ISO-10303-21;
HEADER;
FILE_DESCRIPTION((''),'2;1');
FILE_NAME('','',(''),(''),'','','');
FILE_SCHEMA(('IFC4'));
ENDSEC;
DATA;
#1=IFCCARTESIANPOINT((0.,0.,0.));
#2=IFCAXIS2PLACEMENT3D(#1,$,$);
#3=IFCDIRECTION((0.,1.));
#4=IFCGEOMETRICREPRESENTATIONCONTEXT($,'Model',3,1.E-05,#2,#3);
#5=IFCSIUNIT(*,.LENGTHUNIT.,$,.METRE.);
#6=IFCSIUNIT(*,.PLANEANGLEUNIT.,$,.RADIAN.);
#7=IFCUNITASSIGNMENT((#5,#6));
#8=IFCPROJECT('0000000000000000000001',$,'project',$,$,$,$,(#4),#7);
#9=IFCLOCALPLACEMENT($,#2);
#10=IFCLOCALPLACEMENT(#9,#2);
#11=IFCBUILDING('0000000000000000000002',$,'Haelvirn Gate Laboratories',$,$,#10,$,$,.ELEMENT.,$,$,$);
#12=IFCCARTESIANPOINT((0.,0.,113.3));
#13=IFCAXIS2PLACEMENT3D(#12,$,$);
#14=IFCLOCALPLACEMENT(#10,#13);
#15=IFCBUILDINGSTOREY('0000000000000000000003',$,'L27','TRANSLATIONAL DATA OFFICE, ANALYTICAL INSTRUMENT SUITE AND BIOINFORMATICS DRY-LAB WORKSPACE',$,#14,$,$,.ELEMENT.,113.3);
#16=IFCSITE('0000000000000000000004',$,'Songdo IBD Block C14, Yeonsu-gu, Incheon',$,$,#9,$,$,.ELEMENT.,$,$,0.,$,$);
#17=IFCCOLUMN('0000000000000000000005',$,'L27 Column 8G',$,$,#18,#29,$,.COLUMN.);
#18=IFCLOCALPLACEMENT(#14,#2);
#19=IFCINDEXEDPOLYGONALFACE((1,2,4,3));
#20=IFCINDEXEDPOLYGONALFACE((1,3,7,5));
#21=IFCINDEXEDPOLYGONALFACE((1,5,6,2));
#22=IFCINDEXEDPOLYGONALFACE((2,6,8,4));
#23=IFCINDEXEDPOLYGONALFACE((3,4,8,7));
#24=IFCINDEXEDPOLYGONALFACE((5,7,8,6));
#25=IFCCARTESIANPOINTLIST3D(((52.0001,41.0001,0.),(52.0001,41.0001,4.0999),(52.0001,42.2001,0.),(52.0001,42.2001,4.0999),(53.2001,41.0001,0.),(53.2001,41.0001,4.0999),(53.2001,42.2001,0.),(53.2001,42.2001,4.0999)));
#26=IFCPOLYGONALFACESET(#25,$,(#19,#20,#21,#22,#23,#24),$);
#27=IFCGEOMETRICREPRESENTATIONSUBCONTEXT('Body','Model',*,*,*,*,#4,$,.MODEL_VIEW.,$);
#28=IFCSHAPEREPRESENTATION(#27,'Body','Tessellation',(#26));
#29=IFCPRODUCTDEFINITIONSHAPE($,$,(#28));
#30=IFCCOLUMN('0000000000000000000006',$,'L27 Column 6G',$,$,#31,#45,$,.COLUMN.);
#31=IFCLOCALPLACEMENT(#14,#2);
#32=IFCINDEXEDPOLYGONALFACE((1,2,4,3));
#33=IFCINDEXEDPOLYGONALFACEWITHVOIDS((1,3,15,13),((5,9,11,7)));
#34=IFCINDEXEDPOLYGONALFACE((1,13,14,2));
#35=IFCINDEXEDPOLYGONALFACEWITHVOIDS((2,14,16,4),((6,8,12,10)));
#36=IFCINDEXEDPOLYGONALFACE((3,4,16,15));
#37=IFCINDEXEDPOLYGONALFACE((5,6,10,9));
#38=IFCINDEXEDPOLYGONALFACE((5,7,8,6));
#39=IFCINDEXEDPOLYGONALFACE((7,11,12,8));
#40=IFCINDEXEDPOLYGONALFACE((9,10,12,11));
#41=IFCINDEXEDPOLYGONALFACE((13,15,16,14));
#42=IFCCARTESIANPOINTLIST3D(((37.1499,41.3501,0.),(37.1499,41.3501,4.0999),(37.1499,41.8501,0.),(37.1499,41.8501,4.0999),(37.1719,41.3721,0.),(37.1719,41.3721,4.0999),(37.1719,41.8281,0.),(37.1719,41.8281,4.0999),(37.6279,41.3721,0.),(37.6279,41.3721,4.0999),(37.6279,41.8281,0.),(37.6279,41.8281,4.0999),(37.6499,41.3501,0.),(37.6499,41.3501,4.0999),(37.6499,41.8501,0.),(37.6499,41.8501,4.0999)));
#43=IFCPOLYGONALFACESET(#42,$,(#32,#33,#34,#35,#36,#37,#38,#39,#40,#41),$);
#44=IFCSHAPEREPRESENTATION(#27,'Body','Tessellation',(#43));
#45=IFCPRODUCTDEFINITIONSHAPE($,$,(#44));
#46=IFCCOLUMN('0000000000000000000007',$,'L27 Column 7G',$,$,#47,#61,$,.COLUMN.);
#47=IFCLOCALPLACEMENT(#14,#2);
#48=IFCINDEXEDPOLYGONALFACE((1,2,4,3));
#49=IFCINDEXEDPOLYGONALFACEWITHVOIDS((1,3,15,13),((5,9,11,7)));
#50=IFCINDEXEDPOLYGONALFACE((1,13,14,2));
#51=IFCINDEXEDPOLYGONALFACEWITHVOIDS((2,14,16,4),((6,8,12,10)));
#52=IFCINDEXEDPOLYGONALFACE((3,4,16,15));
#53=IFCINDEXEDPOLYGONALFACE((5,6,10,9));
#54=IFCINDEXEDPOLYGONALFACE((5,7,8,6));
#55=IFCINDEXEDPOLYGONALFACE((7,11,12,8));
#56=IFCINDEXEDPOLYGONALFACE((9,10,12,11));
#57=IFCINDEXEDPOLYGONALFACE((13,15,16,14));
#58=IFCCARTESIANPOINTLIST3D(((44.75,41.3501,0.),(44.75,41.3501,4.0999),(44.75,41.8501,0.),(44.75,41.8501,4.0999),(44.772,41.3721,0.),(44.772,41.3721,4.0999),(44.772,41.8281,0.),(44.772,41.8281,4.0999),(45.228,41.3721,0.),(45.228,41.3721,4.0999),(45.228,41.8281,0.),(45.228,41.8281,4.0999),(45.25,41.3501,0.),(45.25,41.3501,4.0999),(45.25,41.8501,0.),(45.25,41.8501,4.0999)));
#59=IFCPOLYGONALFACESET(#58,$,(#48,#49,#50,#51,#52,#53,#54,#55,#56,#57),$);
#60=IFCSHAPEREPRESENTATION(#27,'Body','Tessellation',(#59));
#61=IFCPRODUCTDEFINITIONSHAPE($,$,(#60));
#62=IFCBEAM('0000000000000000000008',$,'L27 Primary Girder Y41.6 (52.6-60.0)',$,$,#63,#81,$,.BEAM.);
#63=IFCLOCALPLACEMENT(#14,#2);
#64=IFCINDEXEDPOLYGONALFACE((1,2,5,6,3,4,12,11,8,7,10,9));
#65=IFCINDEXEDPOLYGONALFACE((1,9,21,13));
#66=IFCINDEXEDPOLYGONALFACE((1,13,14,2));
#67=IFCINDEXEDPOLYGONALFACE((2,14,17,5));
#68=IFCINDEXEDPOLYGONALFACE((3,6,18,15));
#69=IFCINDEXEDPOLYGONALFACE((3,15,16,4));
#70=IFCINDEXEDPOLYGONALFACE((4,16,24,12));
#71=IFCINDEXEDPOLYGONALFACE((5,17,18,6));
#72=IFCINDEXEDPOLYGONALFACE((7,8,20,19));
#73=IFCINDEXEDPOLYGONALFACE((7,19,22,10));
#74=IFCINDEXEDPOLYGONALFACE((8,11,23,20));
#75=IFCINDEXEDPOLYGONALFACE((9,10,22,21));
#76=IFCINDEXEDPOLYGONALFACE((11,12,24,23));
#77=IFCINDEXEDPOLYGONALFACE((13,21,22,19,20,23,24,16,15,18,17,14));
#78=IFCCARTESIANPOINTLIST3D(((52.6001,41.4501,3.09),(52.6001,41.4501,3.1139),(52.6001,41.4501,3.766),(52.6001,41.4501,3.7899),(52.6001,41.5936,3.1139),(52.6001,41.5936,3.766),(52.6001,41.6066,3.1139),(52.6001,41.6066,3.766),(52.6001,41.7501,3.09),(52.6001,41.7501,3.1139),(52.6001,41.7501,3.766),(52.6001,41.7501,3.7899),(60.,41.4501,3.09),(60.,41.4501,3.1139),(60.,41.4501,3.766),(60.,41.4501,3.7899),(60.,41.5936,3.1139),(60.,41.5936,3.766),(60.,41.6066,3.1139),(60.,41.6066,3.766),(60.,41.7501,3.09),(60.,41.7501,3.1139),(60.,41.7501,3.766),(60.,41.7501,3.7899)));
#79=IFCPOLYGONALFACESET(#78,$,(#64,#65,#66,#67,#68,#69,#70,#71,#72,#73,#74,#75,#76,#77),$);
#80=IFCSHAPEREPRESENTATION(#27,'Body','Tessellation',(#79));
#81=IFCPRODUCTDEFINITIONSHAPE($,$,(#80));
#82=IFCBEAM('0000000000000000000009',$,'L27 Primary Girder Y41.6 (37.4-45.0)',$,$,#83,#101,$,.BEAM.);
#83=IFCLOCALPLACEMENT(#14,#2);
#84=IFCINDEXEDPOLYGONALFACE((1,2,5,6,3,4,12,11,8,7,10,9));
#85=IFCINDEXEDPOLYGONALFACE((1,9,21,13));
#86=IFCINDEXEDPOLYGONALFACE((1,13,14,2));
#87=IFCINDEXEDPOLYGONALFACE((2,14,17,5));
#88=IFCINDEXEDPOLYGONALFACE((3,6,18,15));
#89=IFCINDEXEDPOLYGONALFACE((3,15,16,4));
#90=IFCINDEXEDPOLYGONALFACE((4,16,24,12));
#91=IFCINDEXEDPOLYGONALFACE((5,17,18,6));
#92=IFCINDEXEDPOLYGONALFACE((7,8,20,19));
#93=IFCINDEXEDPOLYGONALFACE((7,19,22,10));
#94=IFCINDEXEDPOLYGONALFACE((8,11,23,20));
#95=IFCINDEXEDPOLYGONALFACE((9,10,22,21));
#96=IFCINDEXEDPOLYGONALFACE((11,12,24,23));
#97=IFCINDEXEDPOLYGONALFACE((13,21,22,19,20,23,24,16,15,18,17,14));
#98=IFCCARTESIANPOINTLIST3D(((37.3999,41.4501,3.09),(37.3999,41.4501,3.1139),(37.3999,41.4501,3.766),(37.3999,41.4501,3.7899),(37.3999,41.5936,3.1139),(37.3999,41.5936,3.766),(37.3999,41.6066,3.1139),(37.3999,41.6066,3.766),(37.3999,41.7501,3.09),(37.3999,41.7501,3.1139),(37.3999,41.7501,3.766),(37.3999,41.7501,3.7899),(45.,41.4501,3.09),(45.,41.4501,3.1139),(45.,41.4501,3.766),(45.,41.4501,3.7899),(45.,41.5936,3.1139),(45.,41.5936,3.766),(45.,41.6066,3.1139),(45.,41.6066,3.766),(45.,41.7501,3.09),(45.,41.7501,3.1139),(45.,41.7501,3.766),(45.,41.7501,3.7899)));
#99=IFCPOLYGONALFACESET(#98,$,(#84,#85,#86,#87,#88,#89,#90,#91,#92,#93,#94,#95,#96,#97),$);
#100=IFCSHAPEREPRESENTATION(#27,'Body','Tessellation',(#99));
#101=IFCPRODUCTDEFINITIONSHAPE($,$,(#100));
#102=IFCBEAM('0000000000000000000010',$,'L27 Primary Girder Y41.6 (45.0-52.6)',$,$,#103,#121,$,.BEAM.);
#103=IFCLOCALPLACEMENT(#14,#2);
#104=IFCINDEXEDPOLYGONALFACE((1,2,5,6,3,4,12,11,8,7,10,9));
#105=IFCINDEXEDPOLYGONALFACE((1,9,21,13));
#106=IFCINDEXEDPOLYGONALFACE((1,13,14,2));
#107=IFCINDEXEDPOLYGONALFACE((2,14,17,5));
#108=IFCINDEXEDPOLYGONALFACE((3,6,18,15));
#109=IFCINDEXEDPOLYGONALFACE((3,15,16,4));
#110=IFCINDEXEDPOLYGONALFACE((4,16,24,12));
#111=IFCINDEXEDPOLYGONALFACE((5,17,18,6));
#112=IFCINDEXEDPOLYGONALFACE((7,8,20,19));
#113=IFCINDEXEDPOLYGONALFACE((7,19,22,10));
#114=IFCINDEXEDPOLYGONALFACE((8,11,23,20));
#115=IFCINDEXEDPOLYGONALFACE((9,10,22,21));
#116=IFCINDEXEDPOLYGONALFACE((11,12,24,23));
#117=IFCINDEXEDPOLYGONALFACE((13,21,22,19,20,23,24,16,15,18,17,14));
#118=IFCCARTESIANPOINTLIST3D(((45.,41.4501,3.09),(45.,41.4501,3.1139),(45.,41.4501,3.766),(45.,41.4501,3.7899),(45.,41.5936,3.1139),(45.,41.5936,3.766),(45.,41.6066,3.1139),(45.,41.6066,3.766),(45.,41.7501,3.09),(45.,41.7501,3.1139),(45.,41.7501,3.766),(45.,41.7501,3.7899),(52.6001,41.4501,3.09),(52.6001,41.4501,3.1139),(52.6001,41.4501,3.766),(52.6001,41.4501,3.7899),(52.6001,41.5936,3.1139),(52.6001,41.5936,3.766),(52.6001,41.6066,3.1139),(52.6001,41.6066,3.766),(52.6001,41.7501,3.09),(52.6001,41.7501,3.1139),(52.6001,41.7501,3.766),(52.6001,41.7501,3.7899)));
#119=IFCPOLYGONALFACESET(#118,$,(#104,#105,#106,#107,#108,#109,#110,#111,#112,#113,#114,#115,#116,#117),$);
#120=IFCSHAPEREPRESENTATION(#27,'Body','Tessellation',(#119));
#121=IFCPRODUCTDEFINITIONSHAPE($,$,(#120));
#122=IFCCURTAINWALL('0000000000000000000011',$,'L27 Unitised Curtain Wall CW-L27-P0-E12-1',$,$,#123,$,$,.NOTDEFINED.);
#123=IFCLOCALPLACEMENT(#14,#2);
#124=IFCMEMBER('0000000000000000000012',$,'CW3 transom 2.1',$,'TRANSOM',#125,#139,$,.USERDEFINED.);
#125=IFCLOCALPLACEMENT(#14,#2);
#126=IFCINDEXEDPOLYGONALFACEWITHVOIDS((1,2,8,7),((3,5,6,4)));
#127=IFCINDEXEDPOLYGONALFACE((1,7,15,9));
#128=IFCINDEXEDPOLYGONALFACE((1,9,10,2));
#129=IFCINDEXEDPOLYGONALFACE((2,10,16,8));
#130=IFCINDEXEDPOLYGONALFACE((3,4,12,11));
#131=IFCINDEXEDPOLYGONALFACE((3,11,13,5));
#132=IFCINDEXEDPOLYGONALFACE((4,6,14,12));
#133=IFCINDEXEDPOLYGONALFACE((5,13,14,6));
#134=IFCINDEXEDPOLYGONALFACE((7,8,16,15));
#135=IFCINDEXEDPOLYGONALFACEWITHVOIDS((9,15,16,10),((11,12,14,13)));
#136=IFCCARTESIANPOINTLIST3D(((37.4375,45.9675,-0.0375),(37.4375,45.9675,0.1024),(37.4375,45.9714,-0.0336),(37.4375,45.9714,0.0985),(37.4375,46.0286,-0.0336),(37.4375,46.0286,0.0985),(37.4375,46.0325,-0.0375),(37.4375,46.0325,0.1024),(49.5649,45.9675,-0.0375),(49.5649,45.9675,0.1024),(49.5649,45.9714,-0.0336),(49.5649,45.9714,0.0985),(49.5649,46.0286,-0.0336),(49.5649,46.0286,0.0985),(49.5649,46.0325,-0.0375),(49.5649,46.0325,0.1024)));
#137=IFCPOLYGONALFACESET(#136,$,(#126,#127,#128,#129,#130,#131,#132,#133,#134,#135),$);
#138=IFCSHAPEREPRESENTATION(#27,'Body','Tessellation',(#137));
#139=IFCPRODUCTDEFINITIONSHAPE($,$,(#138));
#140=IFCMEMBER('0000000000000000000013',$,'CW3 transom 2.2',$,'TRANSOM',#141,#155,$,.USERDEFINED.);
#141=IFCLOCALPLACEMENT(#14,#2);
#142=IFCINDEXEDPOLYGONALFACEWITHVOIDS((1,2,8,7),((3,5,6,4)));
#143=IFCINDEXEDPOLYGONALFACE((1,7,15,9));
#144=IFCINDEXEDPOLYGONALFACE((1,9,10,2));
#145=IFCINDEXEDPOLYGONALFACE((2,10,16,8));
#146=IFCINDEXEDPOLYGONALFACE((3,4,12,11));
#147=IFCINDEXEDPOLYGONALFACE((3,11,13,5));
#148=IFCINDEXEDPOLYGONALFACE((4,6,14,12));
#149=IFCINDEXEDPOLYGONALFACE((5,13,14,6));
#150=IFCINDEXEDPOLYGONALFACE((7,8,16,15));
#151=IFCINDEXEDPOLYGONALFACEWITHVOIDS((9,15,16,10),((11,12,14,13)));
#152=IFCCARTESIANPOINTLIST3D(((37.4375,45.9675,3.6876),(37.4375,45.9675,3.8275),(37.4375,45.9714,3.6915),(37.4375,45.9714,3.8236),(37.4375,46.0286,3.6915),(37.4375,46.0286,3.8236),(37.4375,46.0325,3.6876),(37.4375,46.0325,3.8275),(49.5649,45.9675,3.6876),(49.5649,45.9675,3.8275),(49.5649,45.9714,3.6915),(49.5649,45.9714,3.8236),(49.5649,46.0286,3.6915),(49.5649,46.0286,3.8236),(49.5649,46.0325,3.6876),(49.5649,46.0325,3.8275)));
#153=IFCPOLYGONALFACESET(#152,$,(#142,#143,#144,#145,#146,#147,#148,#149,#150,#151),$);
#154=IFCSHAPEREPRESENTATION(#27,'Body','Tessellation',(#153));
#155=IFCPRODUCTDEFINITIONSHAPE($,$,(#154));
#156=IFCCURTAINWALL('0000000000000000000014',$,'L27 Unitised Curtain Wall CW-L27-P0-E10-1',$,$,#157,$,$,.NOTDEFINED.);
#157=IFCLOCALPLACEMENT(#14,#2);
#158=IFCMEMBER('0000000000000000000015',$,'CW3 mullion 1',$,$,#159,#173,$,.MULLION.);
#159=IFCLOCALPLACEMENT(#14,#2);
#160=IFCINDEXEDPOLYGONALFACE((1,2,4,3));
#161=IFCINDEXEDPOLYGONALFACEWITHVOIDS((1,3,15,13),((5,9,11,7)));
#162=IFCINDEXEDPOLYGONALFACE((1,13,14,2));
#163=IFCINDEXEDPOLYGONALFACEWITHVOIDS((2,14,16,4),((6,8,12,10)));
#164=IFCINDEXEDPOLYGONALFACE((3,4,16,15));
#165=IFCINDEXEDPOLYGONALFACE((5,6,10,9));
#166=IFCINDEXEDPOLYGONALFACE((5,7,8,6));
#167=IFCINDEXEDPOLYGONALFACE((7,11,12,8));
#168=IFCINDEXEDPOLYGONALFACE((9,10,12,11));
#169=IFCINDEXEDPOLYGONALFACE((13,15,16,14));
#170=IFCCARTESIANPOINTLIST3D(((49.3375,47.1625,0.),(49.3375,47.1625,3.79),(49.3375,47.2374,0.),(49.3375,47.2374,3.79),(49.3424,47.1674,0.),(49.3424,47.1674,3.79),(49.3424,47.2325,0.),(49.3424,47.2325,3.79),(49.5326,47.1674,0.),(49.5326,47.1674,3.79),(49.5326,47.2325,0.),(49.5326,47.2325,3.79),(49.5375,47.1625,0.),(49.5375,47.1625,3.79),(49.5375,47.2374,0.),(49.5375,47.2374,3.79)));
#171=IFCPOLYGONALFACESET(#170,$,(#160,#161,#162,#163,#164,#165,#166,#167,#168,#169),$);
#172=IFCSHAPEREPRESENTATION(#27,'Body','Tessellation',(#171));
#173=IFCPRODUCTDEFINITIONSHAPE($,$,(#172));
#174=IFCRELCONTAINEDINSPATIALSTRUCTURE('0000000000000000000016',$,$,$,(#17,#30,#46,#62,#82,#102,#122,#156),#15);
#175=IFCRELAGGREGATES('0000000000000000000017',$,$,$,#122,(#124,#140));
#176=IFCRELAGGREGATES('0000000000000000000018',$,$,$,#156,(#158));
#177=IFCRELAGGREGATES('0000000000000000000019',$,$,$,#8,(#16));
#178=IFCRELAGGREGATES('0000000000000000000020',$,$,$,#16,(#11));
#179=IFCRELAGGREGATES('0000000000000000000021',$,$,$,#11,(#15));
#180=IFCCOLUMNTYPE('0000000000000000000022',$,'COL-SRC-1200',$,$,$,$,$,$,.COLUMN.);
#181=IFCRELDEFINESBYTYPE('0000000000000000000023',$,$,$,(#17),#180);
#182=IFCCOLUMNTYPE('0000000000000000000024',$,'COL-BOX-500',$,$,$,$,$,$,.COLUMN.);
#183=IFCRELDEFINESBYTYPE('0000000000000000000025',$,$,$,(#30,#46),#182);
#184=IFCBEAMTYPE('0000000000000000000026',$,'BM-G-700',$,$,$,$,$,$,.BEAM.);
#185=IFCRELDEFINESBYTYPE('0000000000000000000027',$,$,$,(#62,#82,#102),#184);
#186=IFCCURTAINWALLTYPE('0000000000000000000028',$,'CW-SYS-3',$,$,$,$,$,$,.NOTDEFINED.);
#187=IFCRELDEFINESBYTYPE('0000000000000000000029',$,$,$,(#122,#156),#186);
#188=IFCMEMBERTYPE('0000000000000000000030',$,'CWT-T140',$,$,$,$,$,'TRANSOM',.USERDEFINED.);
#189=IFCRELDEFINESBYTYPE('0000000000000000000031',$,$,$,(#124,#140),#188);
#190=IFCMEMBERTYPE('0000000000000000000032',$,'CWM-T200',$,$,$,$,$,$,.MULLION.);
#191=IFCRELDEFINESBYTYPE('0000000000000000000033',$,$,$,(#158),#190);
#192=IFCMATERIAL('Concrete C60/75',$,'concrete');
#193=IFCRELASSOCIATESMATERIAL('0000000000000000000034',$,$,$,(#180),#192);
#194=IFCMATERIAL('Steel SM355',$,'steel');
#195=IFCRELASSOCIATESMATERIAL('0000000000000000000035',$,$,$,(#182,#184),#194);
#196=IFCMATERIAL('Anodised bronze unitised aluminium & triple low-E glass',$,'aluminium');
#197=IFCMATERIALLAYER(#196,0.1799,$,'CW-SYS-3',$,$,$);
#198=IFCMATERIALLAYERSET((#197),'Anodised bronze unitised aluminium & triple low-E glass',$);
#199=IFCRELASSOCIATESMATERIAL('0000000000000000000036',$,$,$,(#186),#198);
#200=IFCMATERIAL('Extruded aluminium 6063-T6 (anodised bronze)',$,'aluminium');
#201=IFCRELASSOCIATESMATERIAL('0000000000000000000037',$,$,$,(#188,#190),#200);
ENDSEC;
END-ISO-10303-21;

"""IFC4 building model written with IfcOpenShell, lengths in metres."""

from ifc_helpers import new_model, si_unit, direction, frame, origin, origin_2d, place, context, subcontext, project, spatial, rectangle, hollow_rectangle, i_section, extrude, source, transform, mapped, material, layer, layer_set, material_profile, profile_set, type_object, type_shapes, element, aggregate, save


model = new_model("IFC4")

# Units and contexts
model_context = context("Model", 3, precision=1e-05, world=origin(), true_north=direction((0.0, 1.0)))
body_context = subcontext(model_context, "Body", "Model", "MODEL_VIEW")
ifc_project = project(units=[si_unit("LENGTHUNIT", "METRE"), si_unit("PLANEANGLEUNIT", "RADIAN")], contexts=[model_context])

# Site, building, storey
site_placement = place(None, origin())
site = spatial("IfcSite", under=ifc_project, at=site_placement, Name="Songdo IBD Block C14, Yeonsu-gu, Incheon", CompositionType="ELEMENT", RefElevation=0.0)
building_placement = place(site_placement, origin())
building = spatial("IfcBuilding", under=site, at=building_placement, Name="Haelvirn Gate Laboratories", CompositionType="ELEMENT")
storey_placement = place(building_placement, frame((0.0, 0.0, 113.3)))
storey = spatial("IfcBuildingStorey", under=building, at=storey_placement, Name="L27", Description="TRANSLATIONAL DATA OFFICE, ANALYTICAL INSTRUMENT SUITE AND BIOINFORMATICS DRY-LAB WORKSPACE", CompositionType="ELEMENT", Elevation=113.3)

# Columns
ifc_material_1 = material(Name="Concrete C60/75", Category="concrete")
ifc_material_profile_1 = material_profile(ifc_material_1, rectangle(XDim=1.2, YDim=1.2, at=origin_2d()), Name="SRC-1200x1200")
ifc_profile_set_1 = profile_set([ifc_material_profile_1], Name="Concrete C60/75")
column_type_1 = type_object("IfcColumnType", Name="COL-SRC-1200", PredefinedType="COLUMN", material=ifc_profile_set_1)
shared_shape_1 = source(origin(), body_context, "Body", "SweptSolid", [
    extrude(rectangle(XDim=1.2, YDim=1.2, at=origin_2d()), origin(), (0.0, 0.0, 1.0), 4.0999),
])
type_shapes(column_type_1, [shared_shape_1])
column_placement = place(storey_placement, frame((52.6001, 41.6001, 0.0), z_axis=(0.0, 0.0, 1.0), x_axis=(1.0, 0.0, 0.0)))
element("IfcColumn", 1, at=column_placement, inside=storey, type_object=column_type_1, Name="L27 Column 8G", PredefinedType="COLUMN", context=body_context, shape_type="MappedRepresentation", body=[
    mapped(shared_shape_1, transform((0.0, 0.0, 0.0), scale=1.0)),
])
ifc_material_2 = material(Name="Steel SM355", Category="steel")
ifc_material_profile_2 = material_profile(ifc_material_2, hollow_rectangle(XDim=0.5, YDim=0.5, WallThickness=0.022, at=origin_2d()), Name="BOX-500x500x22")
ifc_profile_set_2 = profile_set([ifc_material_profile_2], Name="Steel SM355")
column_type_2 = type_object("IfcColumnType", Name="COL-BOX-500", PredefinedType="COLUMN", material=ifc_profile_set_2)
shared_shape_2 = source(origin(), body_context, "Body", "SweptSolid", [
    extrude(hollow_rectangle(XDim=0.5, YDim=0.5, WallThickness=0.022, at=origin_2d()), origin(), (0.0, 0.0, 1.0), 4.0999),
])
type_shapes(column_type_2, [shared_shape_2])
for number, where, z_axis, x_axis, name in (
    (2, (37.3999, 41.6001, 0.0), (0.0, 0.0, 1.0), (1.0, 0.0, 0.0), "L27 Column 6G"),
    (3, (45.0, 41.6001, 0.0), (0.0, 0.0, 1.0), (1.0, 0.0, 0.0), "L27 Column 7G"),
):
    element("IfcColumn", number, at=place(storey_placement, frame(where, z_axis=z_axis, x_axis=x_axis)), inside=storey, type_object=column_type_2, Name=name, PredefinedType="COLUMN", context=body_context, shape_type="MappedRepresentation", body=[
        mapped(shared_shape_2, transform((0.0, 0.0, 0.0), scale=1.0)),
    ])

# Beams
ifc_material_profile_3 = material_profile(ifc_material_2, i_section(OverallWidth=0.3, OverallDepth=0.7, WebThickness=0.0129, FlangeThickness=0.0239, at=origin_2d()), Name="H-700x300x13x24")
ifc_profile_set_3 = profile_set([ifc_material_profile_3], Name="Steel SM355")
beam_type = type_object("IfcBeamType", Name="BM-G-700", PredefinedType="BEAM", material=ifc_profile_set_3)
shared_shape_3 = source(origin(), body_context, "Body", "SweptSolid", [
    extrude(i_section(OverallWidth=0.3, OverallDepth=0.7, WebThickness=0.0129, FlangeThickness=0.0239, at=origin_2d()), origin(), (0.0, 0.0, 1.0), 7.3999),
])
beam_placement = place(storey_placement, frame((52.6001, 41.6001, 3.4399), z_axis=(1.0, 0.0, 0.0), x_axis=(0.0, 1.0, 0.0)))
element("IfcBeam", 4, at=beam_placement, inside=storey, type_object=beam_type, Name="L27 Primary Girder Y41.6 (52.6-60.0)", PredefinedType="BEAM", context=body_context, shape_type="MappedRepresentation", body=[
    mapped(shared_shape_3, transform((0.0, 0.0, 0.0), scale=1.0)),
])
shared_shape_4 = source(origin(), body_context, "Body", "SweptSolid", [
    extrude(i_section(OverallWidth=0.3, OverallDepth=0.7, WebThickness=0.0129, FlangeThickness=0.0239, at=origin_2d()), origin(), (0.0, 0.0, 1.0), 7.6001),
])
type_shapes(beam_type, [shared_shape_3, shared_shape_4])
for number, where, z_axis, x_axis, name in (
    (5, (37.3999, 41.6001, 3.4399), (1.0, 0.0, 0.0), (0.0, 1.0, 0.0), "L27 Primary Girder Y41.6 (37.4-45.0)"),
    (6, (45.0, 41.6001, 3.4399), (1.0, 0.0, 0.0), (0.0, 1.0, 0.0), "L27 Primary Girder Y41.6 (45.0-52.6)"),
):
    element("IfcBeam", number, at=place(storey_placement, frame(where, z_axis=z_axis, x_axis=x_axis)), inside=storey, type_object=beam_type, Name=name, PredefinedType="BEAM", context=body_context, shape_type="MappedRepresentation", body=[
        mapped(shared_shape_4, transform((0.0, 0.0, 0.0), scale=1.0)),
    ])

# Curtain walls, members
ifc_material_3 = material(Name="Anodised bronze unitised aluminium & triple low-E glass", Category="aluminium")
ifc_layer_1 = layer(ifc_material_3, 0.1799, Name="CW-SYS-3")
ifc_layer_set_1 = layer_set([ifc_layer_1], Name="Anodised bronze unitised aluminium & triple low-E glass")
curtain_wall_type = type_object("IfcCurtainWallType", Name="CW-SYS-3", PredefinedType="NOTDEFINED", material=ifc_layer_set_1)
curtain_wall_1_placement = place(storey_placement, origin())
curtain_wall_1 = element("IfcCurtainWall", 7, at=curtain_wall_1_placement, inside=storey, type_object=curtain_wall_type, Name="L27 Unitised Curtain Wall CW-L27-P0-E12-1", PredefinedType="NOTDEFINED")
ifc_material_4 = material(Name="Extruded aluminium 6063-T6 (anodised bronze)", Category="aluminium")
ifc_material_profile_4 = material_profile(ifc_material_4, hollow_rectangle(XDim=0.0649, YDim=0.1399, WallThickness=0.0039, at=origin_2d()), Name="CWT-140x65x4")
ifc_profile_set_4 = profile_set([ifc_material_profile_4], Name="Extruded aluminium 6063-T6 (anodised bronze)")
member_type_1 = type_object("IfcMemberType", Name="CWT-T140", ElementType="TRANSOM", PredefinedType="USERDEFINED", material=ifc_profile_set_4)
shared_shape_5 = source(origin(), body_context, "Body", "SweptSolid", [
    extrude(hollow_rectangle(XDim=0.0649, YDim=0.1399, WallThickness=0.0039, at=origin_2d()), origin(), (0.0, 0.0, 1.0), 12.1274),
])
member_1_placement = place(storey_placement, frame((37.4375, 46.0, 0.0325), z_axis=(1.0, 0.0, 0.0), x_axis=(0.0, 1.0, 0.0)))
member_1 = element("IfcMember", 8, at=member_1_placement, type_object=member_type_1, Name="CW3 transom 2.1", ObjectType="TRANSOM", PredefinedType="USERDEFINED", context=body_context, shape_type="MappedRepresentation", body=[
    mapped(shared_shape_5, transform((0.0, 0.0, 0.0), scale=1.0)),
])
member_2_placement = place(storey_placement, frame((37.4375, 46.0, 3.7576), z_axis=(1.0, 0.0, 0.0), x_axis=(0.0, 1.0, 0.0)))
member_2 = element("IfcMember", 9, at=member_2_placement, type_object=member_type_1, Name="CW3 transom 2.2", ObjectType="TRANSOM", PredefinedType="USERDEFINED", context=body_context, shape_type="MappedRepresentation", body=[
    mapped(shared_shape_5, transform((0.0, 0.0, 0.0), scale=1.0)),
])
curtain_wall_2_placement = place(storey_placement, origin())
curtain_wall_2 = element("IfcCurtainWall", 10, at=curtain_wall_2_placement, inside=storey, type_object=curtain_wall_type, Name="L27 Unitised Curtain Wall CW-L27-P0-E10-1", PredefinedType="NOTDEFINED")
ifc_material_profile_5 = material_profile(ifc_material_4, hollow_rectangle(XDim=0.075, YDim=0.2, WallThickness=0.0049, at=origin_2d()), Name="CWM-200x75x5")
ifc_profile_set_5 = profile_set([ifc_material_profile_5], Name="Extruded aluminium 6063-T6 (anodised bronze)")
member_type_2 = type_object("IfcMemberType", Name="CWM-T200", PredefinedType="MULLION", material=ifc_profile_set_5)
shared_shape_6 = source(origin(), body_context, "Body", "SweptSolid", [
    extrude(hollow_rectangle(XDim=0.075, YDim=0.2, WallThickness=0.0049, at=origin_2d()), origin(), (0.0, 0.0, 1.0), 3.79),
])
type_shapes(member_type_2, [shared_shape_6])
member_3_placement = place(storey_placement, frame((49.4375, 47.2, 0.0), z_axis=(0.0, 0.0, 1.0), x_axis=(0.0, 1.0, 0.0)))
member_3 = element("IfcMember", 11, at=member_3_placement, type_object=member_type_2, Name="CW3 mullion 1", PredefinedType="MULLION", context=body_context, shape_type="MappedRepresentation", body=[
    mapped(shared_shape_6, transform((0.0, 0.0, 0.0), scale=1.0)),
])

aggregate(curtain_wall_1, [member_1, member_2])
aggregate(curtain_wall_2, [member_3])

save(model, "model.ifc")
